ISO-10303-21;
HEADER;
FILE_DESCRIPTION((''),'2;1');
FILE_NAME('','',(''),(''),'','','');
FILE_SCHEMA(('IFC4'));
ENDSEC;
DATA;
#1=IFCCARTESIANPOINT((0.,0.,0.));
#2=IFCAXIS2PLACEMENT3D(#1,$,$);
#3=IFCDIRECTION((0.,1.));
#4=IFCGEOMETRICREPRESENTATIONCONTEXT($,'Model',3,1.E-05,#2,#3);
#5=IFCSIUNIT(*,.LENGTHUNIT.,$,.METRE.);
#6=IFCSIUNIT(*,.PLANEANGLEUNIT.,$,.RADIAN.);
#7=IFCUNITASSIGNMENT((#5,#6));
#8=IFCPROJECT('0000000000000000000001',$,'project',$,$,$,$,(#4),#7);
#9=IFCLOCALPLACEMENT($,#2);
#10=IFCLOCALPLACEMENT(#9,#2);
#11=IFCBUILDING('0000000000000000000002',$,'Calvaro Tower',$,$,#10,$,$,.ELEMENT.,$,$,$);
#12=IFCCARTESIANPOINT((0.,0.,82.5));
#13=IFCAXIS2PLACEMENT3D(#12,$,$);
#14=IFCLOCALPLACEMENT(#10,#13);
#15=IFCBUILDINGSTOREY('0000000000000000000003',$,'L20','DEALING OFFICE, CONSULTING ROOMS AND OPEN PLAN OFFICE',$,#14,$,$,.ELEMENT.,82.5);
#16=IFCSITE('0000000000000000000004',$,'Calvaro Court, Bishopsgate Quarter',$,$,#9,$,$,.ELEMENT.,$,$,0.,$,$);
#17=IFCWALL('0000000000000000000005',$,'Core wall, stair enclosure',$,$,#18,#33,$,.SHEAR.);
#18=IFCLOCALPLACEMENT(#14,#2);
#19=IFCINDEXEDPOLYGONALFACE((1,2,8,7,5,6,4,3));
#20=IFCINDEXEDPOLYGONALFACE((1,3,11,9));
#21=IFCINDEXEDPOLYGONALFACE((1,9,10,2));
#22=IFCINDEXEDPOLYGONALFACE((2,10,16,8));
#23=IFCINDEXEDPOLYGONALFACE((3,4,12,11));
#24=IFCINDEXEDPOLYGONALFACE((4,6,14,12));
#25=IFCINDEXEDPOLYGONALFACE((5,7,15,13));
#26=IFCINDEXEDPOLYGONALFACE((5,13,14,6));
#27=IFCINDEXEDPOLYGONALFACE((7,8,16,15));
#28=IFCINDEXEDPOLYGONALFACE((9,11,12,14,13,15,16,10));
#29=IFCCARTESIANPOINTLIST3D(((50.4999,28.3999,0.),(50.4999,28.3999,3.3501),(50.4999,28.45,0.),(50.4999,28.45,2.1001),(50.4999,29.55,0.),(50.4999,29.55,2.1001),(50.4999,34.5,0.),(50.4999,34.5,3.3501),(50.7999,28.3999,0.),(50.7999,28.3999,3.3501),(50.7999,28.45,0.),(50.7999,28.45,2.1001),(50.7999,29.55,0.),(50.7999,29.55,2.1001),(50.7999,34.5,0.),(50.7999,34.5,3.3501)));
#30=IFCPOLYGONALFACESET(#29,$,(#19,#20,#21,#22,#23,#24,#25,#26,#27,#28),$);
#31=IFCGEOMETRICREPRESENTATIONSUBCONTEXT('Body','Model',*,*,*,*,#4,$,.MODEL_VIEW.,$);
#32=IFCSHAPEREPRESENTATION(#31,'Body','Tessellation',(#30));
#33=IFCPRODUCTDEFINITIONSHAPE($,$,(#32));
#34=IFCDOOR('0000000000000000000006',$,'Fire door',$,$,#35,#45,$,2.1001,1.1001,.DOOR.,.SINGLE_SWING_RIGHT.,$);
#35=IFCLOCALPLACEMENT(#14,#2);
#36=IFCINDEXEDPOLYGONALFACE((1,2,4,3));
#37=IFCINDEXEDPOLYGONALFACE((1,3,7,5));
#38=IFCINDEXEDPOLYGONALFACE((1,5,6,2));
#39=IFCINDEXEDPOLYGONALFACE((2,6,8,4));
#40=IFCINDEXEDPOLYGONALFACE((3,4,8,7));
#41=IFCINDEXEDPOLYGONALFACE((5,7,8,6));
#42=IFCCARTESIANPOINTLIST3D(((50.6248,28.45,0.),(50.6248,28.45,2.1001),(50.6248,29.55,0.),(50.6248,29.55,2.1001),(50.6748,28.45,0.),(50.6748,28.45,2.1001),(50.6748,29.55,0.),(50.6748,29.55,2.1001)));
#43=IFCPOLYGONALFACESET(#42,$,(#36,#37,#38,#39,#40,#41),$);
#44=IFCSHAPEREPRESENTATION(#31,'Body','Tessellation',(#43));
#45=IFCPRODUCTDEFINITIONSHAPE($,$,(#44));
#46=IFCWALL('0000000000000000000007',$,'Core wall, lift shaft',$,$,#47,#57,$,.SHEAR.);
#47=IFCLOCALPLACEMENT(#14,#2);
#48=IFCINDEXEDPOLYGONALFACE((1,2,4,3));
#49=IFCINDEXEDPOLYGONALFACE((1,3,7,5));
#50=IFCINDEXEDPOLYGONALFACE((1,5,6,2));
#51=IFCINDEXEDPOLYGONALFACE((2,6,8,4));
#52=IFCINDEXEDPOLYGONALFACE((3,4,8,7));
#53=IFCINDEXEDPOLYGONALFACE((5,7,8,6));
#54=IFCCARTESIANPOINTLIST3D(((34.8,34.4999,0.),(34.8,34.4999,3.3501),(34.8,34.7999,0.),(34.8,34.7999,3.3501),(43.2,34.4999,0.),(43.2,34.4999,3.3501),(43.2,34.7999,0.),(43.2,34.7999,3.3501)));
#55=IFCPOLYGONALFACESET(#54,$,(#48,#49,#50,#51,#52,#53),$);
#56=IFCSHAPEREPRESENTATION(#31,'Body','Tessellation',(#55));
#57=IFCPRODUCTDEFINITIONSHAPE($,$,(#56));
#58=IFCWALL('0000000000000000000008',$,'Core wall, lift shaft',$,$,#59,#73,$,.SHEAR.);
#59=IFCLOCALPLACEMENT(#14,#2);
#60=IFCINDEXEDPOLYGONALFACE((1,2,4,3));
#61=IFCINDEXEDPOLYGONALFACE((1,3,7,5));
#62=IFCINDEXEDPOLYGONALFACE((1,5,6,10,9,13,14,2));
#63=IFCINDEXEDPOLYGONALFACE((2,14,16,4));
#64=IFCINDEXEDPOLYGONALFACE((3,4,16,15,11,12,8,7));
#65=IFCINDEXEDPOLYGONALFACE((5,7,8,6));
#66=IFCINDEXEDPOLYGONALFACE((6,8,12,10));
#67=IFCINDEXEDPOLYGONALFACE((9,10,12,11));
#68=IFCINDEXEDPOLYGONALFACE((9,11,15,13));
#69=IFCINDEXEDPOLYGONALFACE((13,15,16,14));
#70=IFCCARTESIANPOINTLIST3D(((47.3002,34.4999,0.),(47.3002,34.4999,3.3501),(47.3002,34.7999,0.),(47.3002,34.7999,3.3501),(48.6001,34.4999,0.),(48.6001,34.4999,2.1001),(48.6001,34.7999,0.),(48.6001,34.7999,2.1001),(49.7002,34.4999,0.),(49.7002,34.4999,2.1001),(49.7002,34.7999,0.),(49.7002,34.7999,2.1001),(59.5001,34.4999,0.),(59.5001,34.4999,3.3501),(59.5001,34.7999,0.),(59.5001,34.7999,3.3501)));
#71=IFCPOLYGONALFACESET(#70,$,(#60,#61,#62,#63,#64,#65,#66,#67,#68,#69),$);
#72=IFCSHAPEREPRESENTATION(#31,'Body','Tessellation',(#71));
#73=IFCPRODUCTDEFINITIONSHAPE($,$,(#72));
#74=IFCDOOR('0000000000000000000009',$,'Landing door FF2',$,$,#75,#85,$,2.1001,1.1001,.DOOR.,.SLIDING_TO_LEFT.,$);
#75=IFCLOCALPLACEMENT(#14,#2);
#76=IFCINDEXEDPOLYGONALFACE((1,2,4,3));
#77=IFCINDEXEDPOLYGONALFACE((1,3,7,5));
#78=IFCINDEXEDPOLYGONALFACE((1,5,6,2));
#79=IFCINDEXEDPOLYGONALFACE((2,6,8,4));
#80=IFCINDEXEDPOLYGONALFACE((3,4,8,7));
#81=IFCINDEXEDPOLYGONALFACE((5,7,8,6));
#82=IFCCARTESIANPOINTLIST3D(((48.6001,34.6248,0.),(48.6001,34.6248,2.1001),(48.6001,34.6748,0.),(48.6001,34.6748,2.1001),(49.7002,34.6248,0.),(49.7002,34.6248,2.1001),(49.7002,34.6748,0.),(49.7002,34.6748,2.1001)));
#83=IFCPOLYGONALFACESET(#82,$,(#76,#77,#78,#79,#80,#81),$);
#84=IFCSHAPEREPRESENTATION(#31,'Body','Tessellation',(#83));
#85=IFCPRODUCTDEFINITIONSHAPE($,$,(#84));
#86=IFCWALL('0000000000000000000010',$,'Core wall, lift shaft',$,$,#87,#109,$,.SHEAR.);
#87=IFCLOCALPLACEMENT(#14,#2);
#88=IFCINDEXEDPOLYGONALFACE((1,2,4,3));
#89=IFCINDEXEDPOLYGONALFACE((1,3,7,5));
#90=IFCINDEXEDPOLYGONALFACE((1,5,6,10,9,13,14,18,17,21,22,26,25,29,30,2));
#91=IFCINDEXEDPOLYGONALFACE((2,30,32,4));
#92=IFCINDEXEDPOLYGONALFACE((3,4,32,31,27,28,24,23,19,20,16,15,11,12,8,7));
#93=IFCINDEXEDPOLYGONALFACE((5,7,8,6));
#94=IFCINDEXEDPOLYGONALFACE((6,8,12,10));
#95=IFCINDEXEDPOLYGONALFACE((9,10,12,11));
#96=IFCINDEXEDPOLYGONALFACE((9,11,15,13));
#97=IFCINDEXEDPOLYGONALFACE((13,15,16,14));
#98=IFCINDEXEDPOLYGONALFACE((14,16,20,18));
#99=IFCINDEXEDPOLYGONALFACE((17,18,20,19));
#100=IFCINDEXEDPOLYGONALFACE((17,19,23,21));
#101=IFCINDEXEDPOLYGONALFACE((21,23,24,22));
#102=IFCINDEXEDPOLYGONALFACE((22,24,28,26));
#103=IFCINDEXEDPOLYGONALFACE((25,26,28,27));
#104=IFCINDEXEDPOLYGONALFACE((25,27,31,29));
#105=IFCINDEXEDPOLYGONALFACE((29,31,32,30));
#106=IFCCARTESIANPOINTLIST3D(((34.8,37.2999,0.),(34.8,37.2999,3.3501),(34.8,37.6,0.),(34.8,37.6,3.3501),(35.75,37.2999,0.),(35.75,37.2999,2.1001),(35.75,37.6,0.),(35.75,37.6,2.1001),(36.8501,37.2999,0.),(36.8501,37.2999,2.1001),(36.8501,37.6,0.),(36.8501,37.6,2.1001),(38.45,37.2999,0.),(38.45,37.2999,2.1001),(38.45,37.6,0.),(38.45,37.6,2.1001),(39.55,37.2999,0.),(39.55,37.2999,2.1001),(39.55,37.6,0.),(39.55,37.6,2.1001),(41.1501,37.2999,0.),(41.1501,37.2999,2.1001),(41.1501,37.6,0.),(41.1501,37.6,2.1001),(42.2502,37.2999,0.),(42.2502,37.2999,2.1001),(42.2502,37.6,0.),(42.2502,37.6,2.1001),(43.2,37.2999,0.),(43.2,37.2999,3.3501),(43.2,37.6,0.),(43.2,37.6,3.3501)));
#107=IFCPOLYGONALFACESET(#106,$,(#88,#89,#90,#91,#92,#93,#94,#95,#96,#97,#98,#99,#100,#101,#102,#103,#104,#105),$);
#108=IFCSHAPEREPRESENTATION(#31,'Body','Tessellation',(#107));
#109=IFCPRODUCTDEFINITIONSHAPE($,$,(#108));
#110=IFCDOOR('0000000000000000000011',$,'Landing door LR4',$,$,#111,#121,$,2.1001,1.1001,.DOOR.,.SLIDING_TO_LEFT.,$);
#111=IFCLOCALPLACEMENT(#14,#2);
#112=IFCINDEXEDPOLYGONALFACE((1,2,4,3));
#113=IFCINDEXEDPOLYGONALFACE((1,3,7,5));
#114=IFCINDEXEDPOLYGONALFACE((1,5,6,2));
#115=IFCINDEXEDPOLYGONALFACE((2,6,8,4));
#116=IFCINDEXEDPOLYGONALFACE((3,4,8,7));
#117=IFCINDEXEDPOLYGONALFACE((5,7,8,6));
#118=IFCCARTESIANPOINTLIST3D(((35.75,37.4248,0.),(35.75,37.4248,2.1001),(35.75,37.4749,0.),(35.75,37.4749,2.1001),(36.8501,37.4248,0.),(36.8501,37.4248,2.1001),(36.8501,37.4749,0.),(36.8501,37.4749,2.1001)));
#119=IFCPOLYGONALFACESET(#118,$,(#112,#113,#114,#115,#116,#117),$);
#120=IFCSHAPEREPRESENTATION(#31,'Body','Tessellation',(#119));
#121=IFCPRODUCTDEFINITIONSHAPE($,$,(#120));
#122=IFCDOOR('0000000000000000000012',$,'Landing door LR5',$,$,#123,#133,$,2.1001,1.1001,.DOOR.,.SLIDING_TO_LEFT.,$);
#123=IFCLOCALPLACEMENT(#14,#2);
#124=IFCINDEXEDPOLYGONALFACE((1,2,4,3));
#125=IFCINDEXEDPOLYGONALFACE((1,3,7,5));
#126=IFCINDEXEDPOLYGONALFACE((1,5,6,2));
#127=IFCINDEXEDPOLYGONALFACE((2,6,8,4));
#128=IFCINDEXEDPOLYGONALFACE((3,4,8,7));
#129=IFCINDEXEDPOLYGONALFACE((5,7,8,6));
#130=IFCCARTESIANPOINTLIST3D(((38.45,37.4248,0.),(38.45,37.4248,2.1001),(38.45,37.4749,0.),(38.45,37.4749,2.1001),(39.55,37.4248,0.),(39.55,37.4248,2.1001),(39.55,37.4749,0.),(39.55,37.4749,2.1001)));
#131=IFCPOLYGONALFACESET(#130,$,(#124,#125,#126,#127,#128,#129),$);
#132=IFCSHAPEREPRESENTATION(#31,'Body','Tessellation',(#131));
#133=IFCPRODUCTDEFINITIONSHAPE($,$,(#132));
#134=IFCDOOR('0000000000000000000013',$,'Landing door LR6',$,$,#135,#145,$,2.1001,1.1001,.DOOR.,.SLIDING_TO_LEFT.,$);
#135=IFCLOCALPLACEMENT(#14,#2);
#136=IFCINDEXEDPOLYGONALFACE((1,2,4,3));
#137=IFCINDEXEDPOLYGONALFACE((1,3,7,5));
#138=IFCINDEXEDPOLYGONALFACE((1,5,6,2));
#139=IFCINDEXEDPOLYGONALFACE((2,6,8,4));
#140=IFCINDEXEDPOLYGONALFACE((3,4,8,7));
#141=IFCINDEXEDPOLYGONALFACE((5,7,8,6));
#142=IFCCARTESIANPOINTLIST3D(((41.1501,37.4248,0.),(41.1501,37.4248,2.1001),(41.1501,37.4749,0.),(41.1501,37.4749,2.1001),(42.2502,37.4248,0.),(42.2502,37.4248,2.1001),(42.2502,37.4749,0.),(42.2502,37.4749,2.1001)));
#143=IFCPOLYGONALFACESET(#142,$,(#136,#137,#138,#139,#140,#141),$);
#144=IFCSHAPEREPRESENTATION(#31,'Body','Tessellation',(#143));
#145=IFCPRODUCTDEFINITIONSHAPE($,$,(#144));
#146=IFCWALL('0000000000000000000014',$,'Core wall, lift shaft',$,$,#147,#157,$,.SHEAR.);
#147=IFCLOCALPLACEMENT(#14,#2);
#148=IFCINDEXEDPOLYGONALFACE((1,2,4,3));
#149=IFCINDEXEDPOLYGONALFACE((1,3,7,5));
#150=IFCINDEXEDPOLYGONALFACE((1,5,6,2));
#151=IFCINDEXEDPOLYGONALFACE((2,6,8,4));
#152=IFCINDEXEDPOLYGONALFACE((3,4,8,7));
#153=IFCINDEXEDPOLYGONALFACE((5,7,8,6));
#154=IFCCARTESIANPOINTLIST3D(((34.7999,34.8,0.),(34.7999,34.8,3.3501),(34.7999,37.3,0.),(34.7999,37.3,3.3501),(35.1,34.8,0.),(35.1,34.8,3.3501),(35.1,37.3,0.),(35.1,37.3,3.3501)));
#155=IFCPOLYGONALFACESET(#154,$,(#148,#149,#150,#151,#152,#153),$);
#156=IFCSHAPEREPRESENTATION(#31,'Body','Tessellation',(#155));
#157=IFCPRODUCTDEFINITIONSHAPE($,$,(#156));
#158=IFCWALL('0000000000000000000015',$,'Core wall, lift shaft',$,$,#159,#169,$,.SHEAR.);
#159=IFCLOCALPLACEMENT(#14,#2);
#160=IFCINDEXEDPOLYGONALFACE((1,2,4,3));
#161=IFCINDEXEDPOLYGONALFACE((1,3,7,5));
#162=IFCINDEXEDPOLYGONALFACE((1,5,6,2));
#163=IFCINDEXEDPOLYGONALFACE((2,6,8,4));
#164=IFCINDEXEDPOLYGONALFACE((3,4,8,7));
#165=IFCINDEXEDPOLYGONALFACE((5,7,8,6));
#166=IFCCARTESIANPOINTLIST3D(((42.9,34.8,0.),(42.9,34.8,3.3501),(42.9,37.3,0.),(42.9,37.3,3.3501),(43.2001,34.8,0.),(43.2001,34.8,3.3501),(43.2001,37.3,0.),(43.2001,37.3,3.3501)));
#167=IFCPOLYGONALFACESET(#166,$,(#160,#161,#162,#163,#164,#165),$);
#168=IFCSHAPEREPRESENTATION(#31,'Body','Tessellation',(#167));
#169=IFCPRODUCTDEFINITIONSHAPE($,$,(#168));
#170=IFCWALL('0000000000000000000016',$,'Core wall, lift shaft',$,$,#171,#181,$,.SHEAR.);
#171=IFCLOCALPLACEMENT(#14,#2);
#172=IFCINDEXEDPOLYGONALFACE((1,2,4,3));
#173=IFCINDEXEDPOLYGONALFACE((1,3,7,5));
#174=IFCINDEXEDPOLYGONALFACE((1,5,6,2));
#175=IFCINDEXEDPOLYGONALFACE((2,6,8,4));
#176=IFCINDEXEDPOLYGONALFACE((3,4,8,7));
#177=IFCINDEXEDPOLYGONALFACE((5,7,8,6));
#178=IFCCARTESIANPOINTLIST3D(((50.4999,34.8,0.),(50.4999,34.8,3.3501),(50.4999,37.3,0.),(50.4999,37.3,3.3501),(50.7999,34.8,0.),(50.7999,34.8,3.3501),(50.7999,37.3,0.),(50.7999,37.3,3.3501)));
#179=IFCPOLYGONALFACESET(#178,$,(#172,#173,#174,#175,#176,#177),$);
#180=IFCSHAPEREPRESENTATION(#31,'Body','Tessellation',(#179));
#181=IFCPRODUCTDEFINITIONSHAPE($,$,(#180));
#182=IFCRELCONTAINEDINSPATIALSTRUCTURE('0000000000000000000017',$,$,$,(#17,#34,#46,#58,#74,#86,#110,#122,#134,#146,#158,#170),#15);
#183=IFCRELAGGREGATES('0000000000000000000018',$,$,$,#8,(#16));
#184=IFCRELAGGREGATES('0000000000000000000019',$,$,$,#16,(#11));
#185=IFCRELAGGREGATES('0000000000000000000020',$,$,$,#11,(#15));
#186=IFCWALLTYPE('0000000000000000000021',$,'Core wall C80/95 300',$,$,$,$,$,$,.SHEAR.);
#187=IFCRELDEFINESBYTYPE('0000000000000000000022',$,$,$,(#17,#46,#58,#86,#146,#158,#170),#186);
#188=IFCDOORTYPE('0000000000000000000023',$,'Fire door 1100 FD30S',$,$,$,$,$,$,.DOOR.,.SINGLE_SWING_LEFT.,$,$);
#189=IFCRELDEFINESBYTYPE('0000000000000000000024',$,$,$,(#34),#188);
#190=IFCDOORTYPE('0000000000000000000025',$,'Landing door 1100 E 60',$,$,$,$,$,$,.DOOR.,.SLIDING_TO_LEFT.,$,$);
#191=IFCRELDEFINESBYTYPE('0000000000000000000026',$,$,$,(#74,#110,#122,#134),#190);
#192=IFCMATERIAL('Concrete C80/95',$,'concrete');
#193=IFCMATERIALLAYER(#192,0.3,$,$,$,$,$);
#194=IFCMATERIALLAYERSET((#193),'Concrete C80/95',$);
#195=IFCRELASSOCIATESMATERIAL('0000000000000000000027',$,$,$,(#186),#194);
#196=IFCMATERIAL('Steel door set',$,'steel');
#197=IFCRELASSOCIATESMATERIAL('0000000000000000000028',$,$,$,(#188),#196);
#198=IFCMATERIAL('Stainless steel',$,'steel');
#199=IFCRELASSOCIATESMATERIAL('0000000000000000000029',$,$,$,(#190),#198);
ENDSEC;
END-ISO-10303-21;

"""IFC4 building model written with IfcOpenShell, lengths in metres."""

from ifc_helpers import new_model, si_unit, direction, frame, frame_2d, origin, place, context, subcontext, project, spatial, rectangle, extrude, material, layer, layer_set, type_object, element, fill, save


model = new_model("IFC4")

# Units and contexts
model_context = context("Model", 3, precision=1e-05, world=origin(), true_north=direction((0.0, 1.0)))
body_context = subcontext(model_context, "Body", "Model", "MODEL_VIEW")
ifc_project = project(units=[si_unit("LENGTHUNIT", "METRE"), si_unit("PLANEANGLEUNIT", "RADIAN")], contexts=[model_context])

# Site, building, storey
site_placement = place(None, origin())
site = spatial("IfcSite", under=ifc_project, at=site_placement, Name="Calvaro Court, Bishopsgate Quarter", CompositionType="ELEMENT", RefElevation=0.0)
building_placement = place(site_placement, origin())
building = spatial("IfcBuilding", under=site, at=building_placement, Name="Calvaro Tower", CompositionType="ELEMENT")
storey_placement = place(building_placement, frame((0.0, 0.0, 82.5)))
storey = spatial("IfcBuildingStorey", under=building, at=storey_placement, Name="L20", Description="DEALING OFFICE, CONSULTING ROOMS AND OPEN PLAN OFFICE", CompositionType="ELEMENT", Elevation=82.5)

# Wall, opening, door
ifc_material_1 = material(Name="Concrete C80/95", Category="concrete")
ifc_layer_1 = layer(ifc_material_1, 0.3)
ifc_layer_set_1 = layer_set([ifc_layer_1], Name="Concrete C80/95")
wall_type_1 = type_object("IfcWallType", Name="Core wall C80/95 300", PredefinedType="SHEAR", material=ifc_layer_set_1)
wall_1_placement = place(storey_placement, frame((50.6499, 34.5, 0.0), z_axis=(0.0, 0.0, 1.0), x_axis=(0.0, -1.0, 0.0)))
wall_1 = element("IfcWall", 1, at=wall_1_placement, inside=storey, type_object=wall_type_1, Name="Core wall, stair enclosure", PredefinedType="SHEAR", context=body_context, shape_type="SweptSolid", body=[
    extrude(rectangle(XDim=6.1001, YDim=0.3, at=frame_2d((3.05, 0.0))), origin(), (0.0, 0.0, 1.0), 3.3501),
])
opening_1_placement = place(wall_1_placement, frame((4.95, 0.0, 0.0)))
opening_1 = element("IfcOpeningElement", 2, at=opening_1_placement, cuts=wall_1, PredefinedType="OPENING", context=body_context, shape_type="SweptSolid", body=[
    extrude(rectangle(XDim=1.1001, YDim=2.1001, at=frame_2d((0.55, 1.05))), frame((0.0, 0.1599, 0.0), z_axis=(0.0, -1.0, 0.0), x_axis=(1.0, 0.0, 0.0)), (0.0, 0.0, 1.0), 0.3201),
])
ifc_material_2 = material(Name="Steel door set", Category="steel")
door_type_1 = type_object("IfcDoorType", Name="Fire door 1100 FD30S", OperationType="SINGLE_SWING_LEFT", PredefinedType="DOOR", material=ifc_material_2)
door_1_placement = place(opening_1_placement, origin())
door_1 = element("IfcDoor", 3, at=door_1_placement, inside=storey, type_object=door_type_1, Name="Fire door", OperationType="SINGLE_SWING_RIGHT", OverallHeight=2.1001, OverallWidth=1.1001, PredefinedType="DOOR", context=body_context, shape_type="SweptSolid", body=[
    extrude(rectangle(XDim=1.1001, YDim=2.1001, at=frame_2d((0.55, 1.05))), frame((0.0, 0.0249, 0.0), z_axis=(0.0, -1.0, 0.0), x_axis=(1.0, 0.0, 0.0)), (0.0, 0.0, 1.0), 0.05),
])
fill(opening_1, door_1)

# Wall
wall_2_placement = place(storey_placement, frame((34.8, 34.6499, 0.0), z_axis=(0.0, 0.0, 1.0), x_axis=(1.0, 0.0, 0.0)))
element("IfcWall", 4, at=wall_2_placement, inside=storey, type_object=wall_type_1, Name="Core wall, lift shaft", PredefinedType="SHEAR", context=body_context, shape_type="SweptSolid", body=[
    extrude(rectangle(XDim=8.3999, YDim=0.3, at=frame_2d((4.2, 0.0))), origin(), (0.0, 0.0, 1.0), 3.3501),
])

# Wall, opening, door
wall_3_placement = place(storey_placement, frame((47.3, 34.6499, 0.0), z_axis=(0.0, 0.0, 1.0), x_axis=(1.0, 0.0, 0.0)))
wall_3 = element("IfcWall", 5, at=wall_3_placement, inside=storey, type_object=wall_type_1, Name="Core wall, lift shaft", PredefinedType="SHEAR", context=body_context, shape_type="SweptSolid", body=[
    extrude(rectangle(XDim=12.2, YDim=0.3, at=frame_2d((6.1001, 0.0))), origin(), (0.0, 0.0, 1.0), 3.3501),
])
opening_2_placement = place(wall_3_placement, frame((1.3, 0.0, 0.0)))
opening_2 = element("IfcOpeningElement", 6, at=opening_2_placement, cuts=wall_3, PredefinedType="OPENING", context=body_context, shape_type="SweptSolid", body=[
    extrude(rectangle(XDim=1.1001, YDim=2.1001, at=frame_2d((0.55, 1.05))), frame((0.0, 0.1599, 0.0), z_axis=(0.0, -1.0, 0.0), x_axis=(1.0, 0.0, 0.0)), (0.0, 0.0, 1.0), 0.3201),
])
ifc_material_3 = material(Name="Stainless steel", Category="steel")
door_type_2 = type_object("IfcDoorType", Name="Landing door 1100 E 60", OperationType="SLIDING_TO_LEFT", PredefinedType="DOOR", material=ifc_material_3)
door_2_placement = place(opening_2_placement, origin())
door_2 = element("IfcDoor", 7, at=door_2_placement, inside=storey, type_object=door_type_2, Name="Landing door FF2", OperationType="SLIDING_TO_LEFT", OverallHeight=2.1001, OverallWidth=1.1001, PredefinedType="DOOR", context=body_context, shape_type="SweptSolid", body=[
    extrude(rectangle(XDim=1.1001, YDim=2.1001, at=frame_2d((0.55, 1.05))), frame((0.0, 0.0249, 0.0), z_axis=(0.0, -1.0, 0.0), x_axis=(1.0, 0.0, 0.0)), (0.0, 0.0, 1.0), 0.05),
])
fill(opening_2, door_2)

# Wall, openings, doors
wall_4_placement = place(storey_placement, frame((34.8, 37.45, 0.0), z_axis=(0.0, 0.0, 1.0), x_axis=(1.0, 0.0, 0.0)))
wall_4 = element("IfcWall", 8, at=wall_4_placement, inside=storey, type_object=wall_type_1, Name="Core wall, lift shaft", PredefinedType="SHEAR", context=body_context, shape_type="SweptSolid", body=[
    extrude(rectangle(XDim=8.3999, YDim=0.3, at=frame_2d((4.2, 0.0))), origin(), (0.0, 0.0, 1.0), 3.3501),
])
opening_3_placement = place(wall_4_placement, frame((0.95, 0.0, 0.0)))
opening_3 = element("IfcOpeningElement", 9, at=opening_3_placement, cuts=wall_4, PredefinedType="OPENING", context=body_context, shape_type="SweptSolid", body=[
    extrude(rectangle(XDim=1.1001, YDim=2.1001, at=frame_2d((0.55, 1.05))), frame((0.0, 0.1599, 0.0), z_axis=(0.0, -1.0, 0.0), x_axis=(1.0, 0.0, 0.0)), (0.0, 0.0, 1.0), 0.3201),
])
opening_4_placement = place(wall_4_placement, frame((3.6499, 0.0, 0.0)))
opening_4 = element("IfcOpeningElement", 10, at=opening_4_placement, cuts=wall_4, PredefinedType="OPENING", context=body_context, shape_type="SweptSolid", body=[
    extrude(rectangle(XDim=1.1001, YDim=2.1001, at=frame_2d((0.55, 1.05))), frame((0.0, 0.1599, 0.0), z_axis=(0.0, -1.0, 0.0), x_axis=(1.0, 0.0, 0.0)), (0.0, 0.0, 1.0), 0.3201),
])
opening_5_placement = place(wall_4_placement, frame((6.3501, 0.0, 0.0)))
opening_5 = element("IfcOpeningElement", 11, at=opening_5_placement, cuts=wall_4, PredefinedType="OPENING", context=body_context, shape_type="SweptSolid", body=[
    extrude(rectangle(XDim=1.1001, YDim=2.1001, at=frame_2d((0.55, 1.05))), frame((0.0, 0.1599, 0.0), z_axis=(0.0, -1.0, 0.0), x_axis=(1.0, 0.0, 0.0)), (0.0, 0.0, 1.0), 0.3201),
])
door_3_placement = place(opening_3_placement, origin())
door_3 = element("IfcDoor", 12, at=door_3_placement, inside=storey, type_object=door_type_2, Name="Landing door LR4", OperationType="SLIDING_TO_LEFT", OverallHeight=2.1001, OverallWidth=1.1001, PredefinedType="DOOR", context=body_context, shape_type="SweptSolid", body=[
    extrude(rectangle(XDim=1.1001, YDim=2.1001, at=frame_2d((0.55, 1.05))), frame((0.0, 0.0249, 0.0), z_axis=(0.0, -1.0, 0.0), x_axis=(1.0, 0.0, 0.0)), (0.0, 0.0, 1.0), 0.05),
])
fill(opening_3, door_3)
door_4_placement = place(opening_4_placement, origin())
door_4 = element("IfcDoor", 13, at=door_4_placement, inside=storey, type_object=door_type_2, Name="Landing door LR5", OperationType="SLIDING_TO_LEFT", OverallHeight=2.1001, OverallWidth=1.1001, PredefinedType="DOOR", context=body_context, shape_type="SweptSolid", body=[
    extrude(rectangle(XDim=1.1001, YDim=2.1001, at=frame_2d((0.55, 1.05))), frame((0.0, 0.0249, 0.0), z_axis=(0.0, -1.0, 0.0), x_axis=(1.0, 0.0, 0.0)), (0.0, 0.0, 1.0), 0.05),
])
fill(opening_4, door_4)
door_5_placement = place(opening_5_placement, origin())
door_5 = element("IfcDoor", 14, at=door_5_placement, inside=storey, type_object=door_type_2, Name="Landing door LR6", OperationType="SLIDING_TO_LEFT", OverallHeight=2.1001, OverallWidth=1.1001, PredefinedType="DOOR", context=body_context, shape_type="SweptSolid", body=[
    extrude(rectangle(XDim=1.1001, YDim=2.1001, at=frame_2d((0.55, 1.05))), frame((0.0, 0.0249, 0.0), z_axis=(0.0, -1.0, 0.0), x_axis=(1.0, 0.0, 0.0)), (0.0, 0.0, 1.0), 0.05),
])
fill(opening_5, door_5)

# Walls
for number, where, z_axis, x_axis, name in (
    (15, (34.95, 34.8, 0.0), (0.0, 0.0, 1.0), (0.0, 1.0, 0.0), "Core wall, lift shaft"),
    (16, (43.05, 34.8, 0.0), (0.0, 0.0, 1.0), (0.0, 1.0, 0.0), "Core wall, lift shaft"),
    (17, (50.6499, 34.8, 0.0), (0.0, 0.0, 1.0), (0.0, 1.0, 0.0), "Core wall, lift shaft"),
):
    element("IfcWall", number, at=place(storey_placement, frame(where, z_axis=z_axis, x_axis=x_axis)), inside=storey, type_object=wall_type_1, Name=name, PredefinedType="SHEAR", context=body_context, shape_type="SweptSolid", body=[
        extrude(rectangle(XDim=2.5, YDim=0.3, at=frame_2d((1.25, 0.0))), origin(), (0.0, 0.0, 1.0), 3.3501),
    ])

save(model, "model.ifc")
